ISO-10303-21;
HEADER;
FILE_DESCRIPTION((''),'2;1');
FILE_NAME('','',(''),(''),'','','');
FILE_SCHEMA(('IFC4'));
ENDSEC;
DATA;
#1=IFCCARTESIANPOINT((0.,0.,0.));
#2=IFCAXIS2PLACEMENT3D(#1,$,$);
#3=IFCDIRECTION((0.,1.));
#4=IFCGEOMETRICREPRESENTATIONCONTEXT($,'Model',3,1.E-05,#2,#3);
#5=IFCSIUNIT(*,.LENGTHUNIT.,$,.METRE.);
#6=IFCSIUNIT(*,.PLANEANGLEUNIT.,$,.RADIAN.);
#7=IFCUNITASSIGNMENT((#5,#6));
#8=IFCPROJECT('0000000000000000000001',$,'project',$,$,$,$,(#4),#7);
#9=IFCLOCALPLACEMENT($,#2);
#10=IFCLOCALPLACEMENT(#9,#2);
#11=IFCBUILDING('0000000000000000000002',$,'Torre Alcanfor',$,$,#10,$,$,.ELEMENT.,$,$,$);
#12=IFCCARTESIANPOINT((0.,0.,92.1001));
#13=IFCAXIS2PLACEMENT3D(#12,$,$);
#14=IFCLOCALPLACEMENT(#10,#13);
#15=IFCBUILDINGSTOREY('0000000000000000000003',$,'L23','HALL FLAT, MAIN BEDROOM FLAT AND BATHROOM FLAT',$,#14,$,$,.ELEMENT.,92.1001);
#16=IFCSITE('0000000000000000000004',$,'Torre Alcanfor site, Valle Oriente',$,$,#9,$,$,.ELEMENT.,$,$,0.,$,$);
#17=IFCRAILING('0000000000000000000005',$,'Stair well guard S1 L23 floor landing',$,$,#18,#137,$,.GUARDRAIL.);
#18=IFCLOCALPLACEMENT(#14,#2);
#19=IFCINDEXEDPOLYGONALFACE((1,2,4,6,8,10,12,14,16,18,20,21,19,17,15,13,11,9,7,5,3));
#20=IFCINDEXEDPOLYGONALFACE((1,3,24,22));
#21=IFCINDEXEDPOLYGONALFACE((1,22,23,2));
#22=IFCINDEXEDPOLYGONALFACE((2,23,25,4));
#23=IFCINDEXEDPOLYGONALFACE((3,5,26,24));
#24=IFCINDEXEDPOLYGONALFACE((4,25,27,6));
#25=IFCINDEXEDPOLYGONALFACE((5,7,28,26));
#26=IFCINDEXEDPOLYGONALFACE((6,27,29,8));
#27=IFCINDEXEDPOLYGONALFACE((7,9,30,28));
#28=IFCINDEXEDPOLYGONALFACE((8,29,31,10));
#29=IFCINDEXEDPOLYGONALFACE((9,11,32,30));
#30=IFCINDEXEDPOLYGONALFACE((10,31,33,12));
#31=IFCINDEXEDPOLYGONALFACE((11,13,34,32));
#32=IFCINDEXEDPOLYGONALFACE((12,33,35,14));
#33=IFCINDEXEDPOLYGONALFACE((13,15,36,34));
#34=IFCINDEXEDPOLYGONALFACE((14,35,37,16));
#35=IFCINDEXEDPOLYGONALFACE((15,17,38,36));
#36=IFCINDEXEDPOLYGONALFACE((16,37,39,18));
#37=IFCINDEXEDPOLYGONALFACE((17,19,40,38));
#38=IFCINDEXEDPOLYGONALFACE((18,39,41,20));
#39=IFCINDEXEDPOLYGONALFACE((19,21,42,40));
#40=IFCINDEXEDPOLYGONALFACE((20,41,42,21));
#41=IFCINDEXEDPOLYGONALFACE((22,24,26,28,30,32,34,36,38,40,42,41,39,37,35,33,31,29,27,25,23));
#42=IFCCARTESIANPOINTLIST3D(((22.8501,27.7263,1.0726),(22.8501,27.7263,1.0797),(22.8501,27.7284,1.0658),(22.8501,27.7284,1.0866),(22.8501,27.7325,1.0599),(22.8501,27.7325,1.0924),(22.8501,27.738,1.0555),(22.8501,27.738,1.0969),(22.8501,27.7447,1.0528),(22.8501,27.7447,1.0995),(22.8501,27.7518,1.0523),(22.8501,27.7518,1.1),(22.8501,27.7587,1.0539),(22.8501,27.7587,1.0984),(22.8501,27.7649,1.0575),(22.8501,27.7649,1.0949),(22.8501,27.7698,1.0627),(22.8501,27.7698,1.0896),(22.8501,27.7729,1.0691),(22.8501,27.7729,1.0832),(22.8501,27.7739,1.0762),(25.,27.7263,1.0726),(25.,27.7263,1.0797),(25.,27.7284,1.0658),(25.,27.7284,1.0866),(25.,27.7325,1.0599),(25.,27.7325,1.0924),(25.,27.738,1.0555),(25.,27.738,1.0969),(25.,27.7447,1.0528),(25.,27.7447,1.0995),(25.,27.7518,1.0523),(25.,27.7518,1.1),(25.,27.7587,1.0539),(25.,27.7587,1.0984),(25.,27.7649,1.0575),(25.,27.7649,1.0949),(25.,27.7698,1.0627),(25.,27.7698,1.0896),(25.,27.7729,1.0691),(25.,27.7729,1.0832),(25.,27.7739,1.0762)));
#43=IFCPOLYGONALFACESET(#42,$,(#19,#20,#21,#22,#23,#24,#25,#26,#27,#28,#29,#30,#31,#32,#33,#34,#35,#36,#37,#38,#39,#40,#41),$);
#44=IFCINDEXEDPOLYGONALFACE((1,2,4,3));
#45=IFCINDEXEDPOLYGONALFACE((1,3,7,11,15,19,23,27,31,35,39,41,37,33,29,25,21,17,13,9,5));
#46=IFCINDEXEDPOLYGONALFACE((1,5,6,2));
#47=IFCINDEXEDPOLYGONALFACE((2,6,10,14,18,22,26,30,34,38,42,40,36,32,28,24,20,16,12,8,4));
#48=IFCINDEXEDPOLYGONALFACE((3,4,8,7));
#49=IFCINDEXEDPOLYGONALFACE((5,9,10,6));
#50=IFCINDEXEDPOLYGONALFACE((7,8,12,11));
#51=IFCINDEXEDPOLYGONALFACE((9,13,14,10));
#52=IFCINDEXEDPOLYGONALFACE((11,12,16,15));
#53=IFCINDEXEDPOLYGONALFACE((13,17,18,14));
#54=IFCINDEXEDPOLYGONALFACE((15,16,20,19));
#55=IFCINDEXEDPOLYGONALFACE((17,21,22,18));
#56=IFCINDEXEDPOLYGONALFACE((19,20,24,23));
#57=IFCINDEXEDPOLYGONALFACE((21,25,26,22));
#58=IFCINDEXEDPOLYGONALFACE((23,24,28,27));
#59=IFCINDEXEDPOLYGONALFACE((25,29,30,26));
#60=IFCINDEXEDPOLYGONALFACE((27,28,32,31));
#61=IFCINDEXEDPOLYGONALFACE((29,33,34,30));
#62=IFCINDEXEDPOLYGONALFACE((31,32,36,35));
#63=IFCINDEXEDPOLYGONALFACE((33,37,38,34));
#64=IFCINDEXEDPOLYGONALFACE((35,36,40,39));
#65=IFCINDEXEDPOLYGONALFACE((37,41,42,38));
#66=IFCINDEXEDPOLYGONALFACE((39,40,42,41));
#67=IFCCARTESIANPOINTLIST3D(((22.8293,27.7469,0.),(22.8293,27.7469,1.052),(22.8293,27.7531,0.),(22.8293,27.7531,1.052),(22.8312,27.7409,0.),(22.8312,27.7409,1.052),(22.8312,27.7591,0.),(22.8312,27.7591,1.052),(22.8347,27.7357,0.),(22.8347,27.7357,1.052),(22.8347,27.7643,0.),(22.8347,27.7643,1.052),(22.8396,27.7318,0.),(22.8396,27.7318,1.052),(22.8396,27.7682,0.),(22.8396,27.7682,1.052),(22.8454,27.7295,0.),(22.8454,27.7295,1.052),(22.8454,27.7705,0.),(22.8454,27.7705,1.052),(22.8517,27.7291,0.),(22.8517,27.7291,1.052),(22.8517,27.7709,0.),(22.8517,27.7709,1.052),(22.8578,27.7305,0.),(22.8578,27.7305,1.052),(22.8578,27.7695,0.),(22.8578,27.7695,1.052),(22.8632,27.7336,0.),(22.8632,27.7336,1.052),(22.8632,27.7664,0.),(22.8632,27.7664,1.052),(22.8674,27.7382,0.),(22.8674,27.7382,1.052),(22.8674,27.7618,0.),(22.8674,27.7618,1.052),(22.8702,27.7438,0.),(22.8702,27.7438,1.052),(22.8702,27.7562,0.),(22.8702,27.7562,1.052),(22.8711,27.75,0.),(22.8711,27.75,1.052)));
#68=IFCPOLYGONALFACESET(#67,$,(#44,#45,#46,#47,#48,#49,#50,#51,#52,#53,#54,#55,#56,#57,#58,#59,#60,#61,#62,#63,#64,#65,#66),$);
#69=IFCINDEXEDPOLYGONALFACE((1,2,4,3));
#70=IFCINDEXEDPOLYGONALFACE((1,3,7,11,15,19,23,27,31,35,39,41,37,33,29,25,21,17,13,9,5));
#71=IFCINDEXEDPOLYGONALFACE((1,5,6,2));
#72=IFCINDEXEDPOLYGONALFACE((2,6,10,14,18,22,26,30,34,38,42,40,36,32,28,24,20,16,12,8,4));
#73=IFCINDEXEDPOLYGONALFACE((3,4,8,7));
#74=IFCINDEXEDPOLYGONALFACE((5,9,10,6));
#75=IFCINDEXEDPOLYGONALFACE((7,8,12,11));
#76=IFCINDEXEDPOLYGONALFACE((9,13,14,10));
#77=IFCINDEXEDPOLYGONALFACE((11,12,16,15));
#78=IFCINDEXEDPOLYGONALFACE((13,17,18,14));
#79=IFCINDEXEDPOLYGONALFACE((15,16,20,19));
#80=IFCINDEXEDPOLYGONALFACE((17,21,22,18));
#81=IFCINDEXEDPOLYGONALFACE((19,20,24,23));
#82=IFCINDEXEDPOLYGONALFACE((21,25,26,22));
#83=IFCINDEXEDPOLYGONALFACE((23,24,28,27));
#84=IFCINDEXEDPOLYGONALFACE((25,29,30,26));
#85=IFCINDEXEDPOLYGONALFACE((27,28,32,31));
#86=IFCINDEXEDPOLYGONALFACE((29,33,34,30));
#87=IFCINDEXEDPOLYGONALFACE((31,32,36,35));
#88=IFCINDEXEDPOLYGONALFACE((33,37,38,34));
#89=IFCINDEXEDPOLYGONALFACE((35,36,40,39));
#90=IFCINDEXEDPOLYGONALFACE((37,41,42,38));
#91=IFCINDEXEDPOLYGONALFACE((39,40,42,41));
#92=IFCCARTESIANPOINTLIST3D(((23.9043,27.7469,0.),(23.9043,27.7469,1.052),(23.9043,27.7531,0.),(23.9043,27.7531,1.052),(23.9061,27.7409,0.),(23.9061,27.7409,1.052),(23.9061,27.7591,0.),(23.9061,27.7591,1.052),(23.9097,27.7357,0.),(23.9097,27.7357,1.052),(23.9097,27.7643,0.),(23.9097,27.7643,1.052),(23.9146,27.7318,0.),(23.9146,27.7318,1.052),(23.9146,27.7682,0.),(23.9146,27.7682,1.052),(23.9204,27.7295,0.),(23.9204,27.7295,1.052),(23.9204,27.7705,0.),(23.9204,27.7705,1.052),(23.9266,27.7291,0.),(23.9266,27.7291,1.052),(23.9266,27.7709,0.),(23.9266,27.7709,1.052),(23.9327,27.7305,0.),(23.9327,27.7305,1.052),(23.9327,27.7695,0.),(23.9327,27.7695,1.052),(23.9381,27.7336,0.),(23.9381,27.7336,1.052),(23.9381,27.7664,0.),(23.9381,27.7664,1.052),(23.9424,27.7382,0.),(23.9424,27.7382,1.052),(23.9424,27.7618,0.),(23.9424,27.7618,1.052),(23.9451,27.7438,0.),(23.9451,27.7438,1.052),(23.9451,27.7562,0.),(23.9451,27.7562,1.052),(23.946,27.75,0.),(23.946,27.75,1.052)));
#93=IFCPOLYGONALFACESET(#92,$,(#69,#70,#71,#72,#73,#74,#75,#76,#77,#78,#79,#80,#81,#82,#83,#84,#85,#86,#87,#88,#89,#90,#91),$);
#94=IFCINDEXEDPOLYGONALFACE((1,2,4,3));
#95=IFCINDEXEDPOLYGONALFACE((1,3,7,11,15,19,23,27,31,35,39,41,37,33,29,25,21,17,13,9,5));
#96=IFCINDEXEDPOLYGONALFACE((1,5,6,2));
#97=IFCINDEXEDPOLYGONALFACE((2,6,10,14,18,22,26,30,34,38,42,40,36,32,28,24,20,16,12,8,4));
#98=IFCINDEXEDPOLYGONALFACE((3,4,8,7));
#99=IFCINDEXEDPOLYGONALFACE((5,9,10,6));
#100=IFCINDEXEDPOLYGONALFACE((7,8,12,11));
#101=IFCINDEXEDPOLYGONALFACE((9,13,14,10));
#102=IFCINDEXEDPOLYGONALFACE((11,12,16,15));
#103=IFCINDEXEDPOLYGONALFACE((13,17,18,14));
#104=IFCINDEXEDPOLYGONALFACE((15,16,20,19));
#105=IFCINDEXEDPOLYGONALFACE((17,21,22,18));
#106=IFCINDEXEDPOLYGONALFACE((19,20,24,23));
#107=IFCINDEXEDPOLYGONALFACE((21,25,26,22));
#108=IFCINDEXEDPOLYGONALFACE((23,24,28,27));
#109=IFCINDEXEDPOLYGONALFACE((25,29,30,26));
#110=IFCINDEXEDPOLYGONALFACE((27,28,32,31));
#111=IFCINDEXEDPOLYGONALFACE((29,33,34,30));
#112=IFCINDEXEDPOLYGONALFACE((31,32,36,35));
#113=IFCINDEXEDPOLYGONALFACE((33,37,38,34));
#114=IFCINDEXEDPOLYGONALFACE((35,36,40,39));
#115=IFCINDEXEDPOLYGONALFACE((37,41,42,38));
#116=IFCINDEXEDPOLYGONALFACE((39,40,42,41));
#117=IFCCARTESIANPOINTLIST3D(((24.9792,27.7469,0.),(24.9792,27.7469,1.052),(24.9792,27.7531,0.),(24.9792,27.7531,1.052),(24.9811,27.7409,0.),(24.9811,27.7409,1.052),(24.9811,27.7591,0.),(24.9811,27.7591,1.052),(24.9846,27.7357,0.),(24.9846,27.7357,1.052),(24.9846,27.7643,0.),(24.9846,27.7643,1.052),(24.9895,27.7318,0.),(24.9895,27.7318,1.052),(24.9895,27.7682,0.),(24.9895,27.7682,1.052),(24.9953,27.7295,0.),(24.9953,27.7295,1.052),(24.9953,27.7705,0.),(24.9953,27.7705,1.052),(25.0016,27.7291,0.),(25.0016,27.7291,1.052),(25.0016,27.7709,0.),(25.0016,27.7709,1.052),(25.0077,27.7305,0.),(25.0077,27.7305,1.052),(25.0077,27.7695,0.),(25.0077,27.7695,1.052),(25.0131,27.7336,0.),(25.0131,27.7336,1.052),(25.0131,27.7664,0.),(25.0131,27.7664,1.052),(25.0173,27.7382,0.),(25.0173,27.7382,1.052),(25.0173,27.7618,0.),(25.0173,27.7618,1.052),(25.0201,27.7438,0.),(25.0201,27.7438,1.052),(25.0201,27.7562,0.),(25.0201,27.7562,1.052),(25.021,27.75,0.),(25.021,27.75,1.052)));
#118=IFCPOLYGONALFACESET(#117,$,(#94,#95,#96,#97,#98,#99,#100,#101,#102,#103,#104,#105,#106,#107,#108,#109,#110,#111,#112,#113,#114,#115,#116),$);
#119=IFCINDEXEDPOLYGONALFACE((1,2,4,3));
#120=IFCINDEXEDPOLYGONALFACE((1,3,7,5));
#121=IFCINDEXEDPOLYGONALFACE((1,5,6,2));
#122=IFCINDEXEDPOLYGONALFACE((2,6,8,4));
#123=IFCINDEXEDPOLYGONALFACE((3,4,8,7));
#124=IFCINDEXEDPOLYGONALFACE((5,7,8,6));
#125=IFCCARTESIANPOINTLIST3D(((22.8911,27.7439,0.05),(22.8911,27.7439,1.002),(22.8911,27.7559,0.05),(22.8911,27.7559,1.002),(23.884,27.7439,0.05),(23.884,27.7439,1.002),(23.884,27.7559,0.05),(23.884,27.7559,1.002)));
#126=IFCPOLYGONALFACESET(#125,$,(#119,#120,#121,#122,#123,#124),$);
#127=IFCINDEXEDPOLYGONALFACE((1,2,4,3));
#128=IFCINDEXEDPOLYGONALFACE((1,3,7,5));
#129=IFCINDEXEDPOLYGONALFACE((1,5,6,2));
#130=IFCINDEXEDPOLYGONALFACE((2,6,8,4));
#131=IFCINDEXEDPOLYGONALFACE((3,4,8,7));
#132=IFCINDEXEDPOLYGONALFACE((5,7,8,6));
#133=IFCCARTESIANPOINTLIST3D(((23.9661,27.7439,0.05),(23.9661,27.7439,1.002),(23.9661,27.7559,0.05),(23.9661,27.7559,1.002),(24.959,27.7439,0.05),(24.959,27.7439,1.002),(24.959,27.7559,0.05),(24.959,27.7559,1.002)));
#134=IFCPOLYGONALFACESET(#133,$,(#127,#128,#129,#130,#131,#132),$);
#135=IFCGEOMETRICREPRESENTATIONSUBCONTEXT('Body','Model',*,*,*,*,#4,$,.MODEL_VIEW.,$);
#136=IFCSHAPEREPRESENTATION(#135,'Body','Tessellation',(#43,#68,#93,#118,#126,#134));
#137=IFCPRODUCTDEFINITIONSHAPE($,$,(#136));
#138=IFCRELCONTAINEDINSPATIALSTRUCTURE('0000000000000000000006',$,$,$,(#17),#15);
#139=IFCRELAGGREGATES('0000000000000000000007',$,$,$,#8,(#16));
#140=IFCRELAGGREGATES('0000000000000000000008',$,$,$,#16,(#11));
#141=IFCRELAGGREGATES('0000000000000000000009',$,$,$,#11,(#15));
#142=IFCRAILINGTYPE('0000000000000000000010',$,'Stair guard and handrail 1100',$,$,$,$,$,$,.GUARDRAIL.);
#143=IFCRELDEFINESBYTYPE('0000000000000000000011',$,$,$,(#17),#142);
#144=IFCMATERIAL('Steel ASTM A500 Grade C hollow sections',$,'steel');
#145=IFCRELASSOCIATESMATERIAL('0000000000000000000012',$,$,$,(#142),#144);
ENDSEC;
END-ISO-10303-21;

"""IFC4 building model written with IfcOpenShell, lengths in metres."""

from ifc_helpers import new_model, si_unit, direction, frame, origin, origin_2d, place, context, subcontext, project, spatial, polyline, circle, outline, extrude, material, type_object, element, save


model = new_model("IFC4")

# Units and contexts
model_context = context("Model", 3, precision=1e-05, world=origin(), true_north=direction((0.0, 1.0)))
body_context = subcontext(model_context, "Body", "Model", "MODEL_VIEW")
ifc_project = project(units=[si_unit("LENGTHUNIT", "METRE"), si_unit("PLANEANGLEUNIT", "RADIAN")], contexts=[model_context])

# Site, building, storey
site_placement = place(None, origin())
site = spatial("IfcSite", under=ifc_project, at=site_placement, Name="Torre Alcanfor site, Valle Oriente", CompositionType="ELEMENT", RefElevation=0.0)
building_placement = place(site_placement, origin())
building = spatial("IfcBuilding", under=site, at=building_placement, Name="Torre Alcanfor", CompositionType="ELEMENT")
storey_placement = place(building_placement, frame((0.0, 0.0, 92.1001)))
storey = spatial("IfcBuildingStorey", under=building, at=storey_placement, Name="L23", Description="HALL FLAT, MAIN BEDROOM FLAT AND BATHROOM FLAT", CompositionType="ELEMENT", Elevation=92.1001)

# Railing
ifc_material_1 = material(Name="Steel ASTM A500 Grade C hollow sections", Category="steel")
railing_type_1 = type_object("IfcRailingType", Name="Stair guard and handrail 1100", PredefinedType="GUARDRAIL", material=ifc_material_1)
railing_1_placement = place(storey_placement, frame((22.8501, 27.75, 0.0)))
element("IfcRailing", 1, at=railing_1_placement, inside=storey, type_object=railing_type_1, Name="Stair well guard S1 L23 floor landing", PredefinedType="GUARDRAIL", context=body_context, shape_type="SweptSolid", body=[
    extrude(circle(Radius=0.0239, at=origin_2d()), frame((0.0, 0.0, 1.0762), z_axis=(1.0, 0.0, 0.0), x_axis=(0.0, 1.0, 0.0)), (0.0, 0.0, 1.0), 2.1499),
    extrude(circle(Radius=0.021, at=origin_2d()), origin(), (0.0, 0.0, 1.0), 1.052),
    extrude(circle(Radius=0.021, at=origin_2d()), frame((1.075, 0.0, 0.0)), (0.0, 0.0, 1.0), 1.052),
    extrude(circle(Radius=0.021, at=origin_2d()), frame((2.1499, 0.0, 0.0)), (0.0, 0.0, 1.0), 1.052),
    extrude(outline(polyline([(0.041, 0.05), (1.0339, 0.05), (1.0339, 1.002), (0.041, 1.002), (0.041, 0.05)])), frame((0.0, 0.0059, 0.0), z_axis=(0.0, -1.0, 0.0), x_axis=(1.0, 0.0, 0.0)), (0.0, 0.0, 1.0), 0.012),
    extrude(outline(polyline([(1.116, 0.05), (2.1089, 0.05), (2.1089, 1.002), (1.116, 1.002), (1.116, 0.05)])), frame((0.0, 0.0059, 0.0), z_axis=(0.0, -1.0, 0.0), x_axis=(1.0, 0.0, 0.0)), (0.0, 0.0, 1.0), 0.012),
])

save(model, "model.ifc")
